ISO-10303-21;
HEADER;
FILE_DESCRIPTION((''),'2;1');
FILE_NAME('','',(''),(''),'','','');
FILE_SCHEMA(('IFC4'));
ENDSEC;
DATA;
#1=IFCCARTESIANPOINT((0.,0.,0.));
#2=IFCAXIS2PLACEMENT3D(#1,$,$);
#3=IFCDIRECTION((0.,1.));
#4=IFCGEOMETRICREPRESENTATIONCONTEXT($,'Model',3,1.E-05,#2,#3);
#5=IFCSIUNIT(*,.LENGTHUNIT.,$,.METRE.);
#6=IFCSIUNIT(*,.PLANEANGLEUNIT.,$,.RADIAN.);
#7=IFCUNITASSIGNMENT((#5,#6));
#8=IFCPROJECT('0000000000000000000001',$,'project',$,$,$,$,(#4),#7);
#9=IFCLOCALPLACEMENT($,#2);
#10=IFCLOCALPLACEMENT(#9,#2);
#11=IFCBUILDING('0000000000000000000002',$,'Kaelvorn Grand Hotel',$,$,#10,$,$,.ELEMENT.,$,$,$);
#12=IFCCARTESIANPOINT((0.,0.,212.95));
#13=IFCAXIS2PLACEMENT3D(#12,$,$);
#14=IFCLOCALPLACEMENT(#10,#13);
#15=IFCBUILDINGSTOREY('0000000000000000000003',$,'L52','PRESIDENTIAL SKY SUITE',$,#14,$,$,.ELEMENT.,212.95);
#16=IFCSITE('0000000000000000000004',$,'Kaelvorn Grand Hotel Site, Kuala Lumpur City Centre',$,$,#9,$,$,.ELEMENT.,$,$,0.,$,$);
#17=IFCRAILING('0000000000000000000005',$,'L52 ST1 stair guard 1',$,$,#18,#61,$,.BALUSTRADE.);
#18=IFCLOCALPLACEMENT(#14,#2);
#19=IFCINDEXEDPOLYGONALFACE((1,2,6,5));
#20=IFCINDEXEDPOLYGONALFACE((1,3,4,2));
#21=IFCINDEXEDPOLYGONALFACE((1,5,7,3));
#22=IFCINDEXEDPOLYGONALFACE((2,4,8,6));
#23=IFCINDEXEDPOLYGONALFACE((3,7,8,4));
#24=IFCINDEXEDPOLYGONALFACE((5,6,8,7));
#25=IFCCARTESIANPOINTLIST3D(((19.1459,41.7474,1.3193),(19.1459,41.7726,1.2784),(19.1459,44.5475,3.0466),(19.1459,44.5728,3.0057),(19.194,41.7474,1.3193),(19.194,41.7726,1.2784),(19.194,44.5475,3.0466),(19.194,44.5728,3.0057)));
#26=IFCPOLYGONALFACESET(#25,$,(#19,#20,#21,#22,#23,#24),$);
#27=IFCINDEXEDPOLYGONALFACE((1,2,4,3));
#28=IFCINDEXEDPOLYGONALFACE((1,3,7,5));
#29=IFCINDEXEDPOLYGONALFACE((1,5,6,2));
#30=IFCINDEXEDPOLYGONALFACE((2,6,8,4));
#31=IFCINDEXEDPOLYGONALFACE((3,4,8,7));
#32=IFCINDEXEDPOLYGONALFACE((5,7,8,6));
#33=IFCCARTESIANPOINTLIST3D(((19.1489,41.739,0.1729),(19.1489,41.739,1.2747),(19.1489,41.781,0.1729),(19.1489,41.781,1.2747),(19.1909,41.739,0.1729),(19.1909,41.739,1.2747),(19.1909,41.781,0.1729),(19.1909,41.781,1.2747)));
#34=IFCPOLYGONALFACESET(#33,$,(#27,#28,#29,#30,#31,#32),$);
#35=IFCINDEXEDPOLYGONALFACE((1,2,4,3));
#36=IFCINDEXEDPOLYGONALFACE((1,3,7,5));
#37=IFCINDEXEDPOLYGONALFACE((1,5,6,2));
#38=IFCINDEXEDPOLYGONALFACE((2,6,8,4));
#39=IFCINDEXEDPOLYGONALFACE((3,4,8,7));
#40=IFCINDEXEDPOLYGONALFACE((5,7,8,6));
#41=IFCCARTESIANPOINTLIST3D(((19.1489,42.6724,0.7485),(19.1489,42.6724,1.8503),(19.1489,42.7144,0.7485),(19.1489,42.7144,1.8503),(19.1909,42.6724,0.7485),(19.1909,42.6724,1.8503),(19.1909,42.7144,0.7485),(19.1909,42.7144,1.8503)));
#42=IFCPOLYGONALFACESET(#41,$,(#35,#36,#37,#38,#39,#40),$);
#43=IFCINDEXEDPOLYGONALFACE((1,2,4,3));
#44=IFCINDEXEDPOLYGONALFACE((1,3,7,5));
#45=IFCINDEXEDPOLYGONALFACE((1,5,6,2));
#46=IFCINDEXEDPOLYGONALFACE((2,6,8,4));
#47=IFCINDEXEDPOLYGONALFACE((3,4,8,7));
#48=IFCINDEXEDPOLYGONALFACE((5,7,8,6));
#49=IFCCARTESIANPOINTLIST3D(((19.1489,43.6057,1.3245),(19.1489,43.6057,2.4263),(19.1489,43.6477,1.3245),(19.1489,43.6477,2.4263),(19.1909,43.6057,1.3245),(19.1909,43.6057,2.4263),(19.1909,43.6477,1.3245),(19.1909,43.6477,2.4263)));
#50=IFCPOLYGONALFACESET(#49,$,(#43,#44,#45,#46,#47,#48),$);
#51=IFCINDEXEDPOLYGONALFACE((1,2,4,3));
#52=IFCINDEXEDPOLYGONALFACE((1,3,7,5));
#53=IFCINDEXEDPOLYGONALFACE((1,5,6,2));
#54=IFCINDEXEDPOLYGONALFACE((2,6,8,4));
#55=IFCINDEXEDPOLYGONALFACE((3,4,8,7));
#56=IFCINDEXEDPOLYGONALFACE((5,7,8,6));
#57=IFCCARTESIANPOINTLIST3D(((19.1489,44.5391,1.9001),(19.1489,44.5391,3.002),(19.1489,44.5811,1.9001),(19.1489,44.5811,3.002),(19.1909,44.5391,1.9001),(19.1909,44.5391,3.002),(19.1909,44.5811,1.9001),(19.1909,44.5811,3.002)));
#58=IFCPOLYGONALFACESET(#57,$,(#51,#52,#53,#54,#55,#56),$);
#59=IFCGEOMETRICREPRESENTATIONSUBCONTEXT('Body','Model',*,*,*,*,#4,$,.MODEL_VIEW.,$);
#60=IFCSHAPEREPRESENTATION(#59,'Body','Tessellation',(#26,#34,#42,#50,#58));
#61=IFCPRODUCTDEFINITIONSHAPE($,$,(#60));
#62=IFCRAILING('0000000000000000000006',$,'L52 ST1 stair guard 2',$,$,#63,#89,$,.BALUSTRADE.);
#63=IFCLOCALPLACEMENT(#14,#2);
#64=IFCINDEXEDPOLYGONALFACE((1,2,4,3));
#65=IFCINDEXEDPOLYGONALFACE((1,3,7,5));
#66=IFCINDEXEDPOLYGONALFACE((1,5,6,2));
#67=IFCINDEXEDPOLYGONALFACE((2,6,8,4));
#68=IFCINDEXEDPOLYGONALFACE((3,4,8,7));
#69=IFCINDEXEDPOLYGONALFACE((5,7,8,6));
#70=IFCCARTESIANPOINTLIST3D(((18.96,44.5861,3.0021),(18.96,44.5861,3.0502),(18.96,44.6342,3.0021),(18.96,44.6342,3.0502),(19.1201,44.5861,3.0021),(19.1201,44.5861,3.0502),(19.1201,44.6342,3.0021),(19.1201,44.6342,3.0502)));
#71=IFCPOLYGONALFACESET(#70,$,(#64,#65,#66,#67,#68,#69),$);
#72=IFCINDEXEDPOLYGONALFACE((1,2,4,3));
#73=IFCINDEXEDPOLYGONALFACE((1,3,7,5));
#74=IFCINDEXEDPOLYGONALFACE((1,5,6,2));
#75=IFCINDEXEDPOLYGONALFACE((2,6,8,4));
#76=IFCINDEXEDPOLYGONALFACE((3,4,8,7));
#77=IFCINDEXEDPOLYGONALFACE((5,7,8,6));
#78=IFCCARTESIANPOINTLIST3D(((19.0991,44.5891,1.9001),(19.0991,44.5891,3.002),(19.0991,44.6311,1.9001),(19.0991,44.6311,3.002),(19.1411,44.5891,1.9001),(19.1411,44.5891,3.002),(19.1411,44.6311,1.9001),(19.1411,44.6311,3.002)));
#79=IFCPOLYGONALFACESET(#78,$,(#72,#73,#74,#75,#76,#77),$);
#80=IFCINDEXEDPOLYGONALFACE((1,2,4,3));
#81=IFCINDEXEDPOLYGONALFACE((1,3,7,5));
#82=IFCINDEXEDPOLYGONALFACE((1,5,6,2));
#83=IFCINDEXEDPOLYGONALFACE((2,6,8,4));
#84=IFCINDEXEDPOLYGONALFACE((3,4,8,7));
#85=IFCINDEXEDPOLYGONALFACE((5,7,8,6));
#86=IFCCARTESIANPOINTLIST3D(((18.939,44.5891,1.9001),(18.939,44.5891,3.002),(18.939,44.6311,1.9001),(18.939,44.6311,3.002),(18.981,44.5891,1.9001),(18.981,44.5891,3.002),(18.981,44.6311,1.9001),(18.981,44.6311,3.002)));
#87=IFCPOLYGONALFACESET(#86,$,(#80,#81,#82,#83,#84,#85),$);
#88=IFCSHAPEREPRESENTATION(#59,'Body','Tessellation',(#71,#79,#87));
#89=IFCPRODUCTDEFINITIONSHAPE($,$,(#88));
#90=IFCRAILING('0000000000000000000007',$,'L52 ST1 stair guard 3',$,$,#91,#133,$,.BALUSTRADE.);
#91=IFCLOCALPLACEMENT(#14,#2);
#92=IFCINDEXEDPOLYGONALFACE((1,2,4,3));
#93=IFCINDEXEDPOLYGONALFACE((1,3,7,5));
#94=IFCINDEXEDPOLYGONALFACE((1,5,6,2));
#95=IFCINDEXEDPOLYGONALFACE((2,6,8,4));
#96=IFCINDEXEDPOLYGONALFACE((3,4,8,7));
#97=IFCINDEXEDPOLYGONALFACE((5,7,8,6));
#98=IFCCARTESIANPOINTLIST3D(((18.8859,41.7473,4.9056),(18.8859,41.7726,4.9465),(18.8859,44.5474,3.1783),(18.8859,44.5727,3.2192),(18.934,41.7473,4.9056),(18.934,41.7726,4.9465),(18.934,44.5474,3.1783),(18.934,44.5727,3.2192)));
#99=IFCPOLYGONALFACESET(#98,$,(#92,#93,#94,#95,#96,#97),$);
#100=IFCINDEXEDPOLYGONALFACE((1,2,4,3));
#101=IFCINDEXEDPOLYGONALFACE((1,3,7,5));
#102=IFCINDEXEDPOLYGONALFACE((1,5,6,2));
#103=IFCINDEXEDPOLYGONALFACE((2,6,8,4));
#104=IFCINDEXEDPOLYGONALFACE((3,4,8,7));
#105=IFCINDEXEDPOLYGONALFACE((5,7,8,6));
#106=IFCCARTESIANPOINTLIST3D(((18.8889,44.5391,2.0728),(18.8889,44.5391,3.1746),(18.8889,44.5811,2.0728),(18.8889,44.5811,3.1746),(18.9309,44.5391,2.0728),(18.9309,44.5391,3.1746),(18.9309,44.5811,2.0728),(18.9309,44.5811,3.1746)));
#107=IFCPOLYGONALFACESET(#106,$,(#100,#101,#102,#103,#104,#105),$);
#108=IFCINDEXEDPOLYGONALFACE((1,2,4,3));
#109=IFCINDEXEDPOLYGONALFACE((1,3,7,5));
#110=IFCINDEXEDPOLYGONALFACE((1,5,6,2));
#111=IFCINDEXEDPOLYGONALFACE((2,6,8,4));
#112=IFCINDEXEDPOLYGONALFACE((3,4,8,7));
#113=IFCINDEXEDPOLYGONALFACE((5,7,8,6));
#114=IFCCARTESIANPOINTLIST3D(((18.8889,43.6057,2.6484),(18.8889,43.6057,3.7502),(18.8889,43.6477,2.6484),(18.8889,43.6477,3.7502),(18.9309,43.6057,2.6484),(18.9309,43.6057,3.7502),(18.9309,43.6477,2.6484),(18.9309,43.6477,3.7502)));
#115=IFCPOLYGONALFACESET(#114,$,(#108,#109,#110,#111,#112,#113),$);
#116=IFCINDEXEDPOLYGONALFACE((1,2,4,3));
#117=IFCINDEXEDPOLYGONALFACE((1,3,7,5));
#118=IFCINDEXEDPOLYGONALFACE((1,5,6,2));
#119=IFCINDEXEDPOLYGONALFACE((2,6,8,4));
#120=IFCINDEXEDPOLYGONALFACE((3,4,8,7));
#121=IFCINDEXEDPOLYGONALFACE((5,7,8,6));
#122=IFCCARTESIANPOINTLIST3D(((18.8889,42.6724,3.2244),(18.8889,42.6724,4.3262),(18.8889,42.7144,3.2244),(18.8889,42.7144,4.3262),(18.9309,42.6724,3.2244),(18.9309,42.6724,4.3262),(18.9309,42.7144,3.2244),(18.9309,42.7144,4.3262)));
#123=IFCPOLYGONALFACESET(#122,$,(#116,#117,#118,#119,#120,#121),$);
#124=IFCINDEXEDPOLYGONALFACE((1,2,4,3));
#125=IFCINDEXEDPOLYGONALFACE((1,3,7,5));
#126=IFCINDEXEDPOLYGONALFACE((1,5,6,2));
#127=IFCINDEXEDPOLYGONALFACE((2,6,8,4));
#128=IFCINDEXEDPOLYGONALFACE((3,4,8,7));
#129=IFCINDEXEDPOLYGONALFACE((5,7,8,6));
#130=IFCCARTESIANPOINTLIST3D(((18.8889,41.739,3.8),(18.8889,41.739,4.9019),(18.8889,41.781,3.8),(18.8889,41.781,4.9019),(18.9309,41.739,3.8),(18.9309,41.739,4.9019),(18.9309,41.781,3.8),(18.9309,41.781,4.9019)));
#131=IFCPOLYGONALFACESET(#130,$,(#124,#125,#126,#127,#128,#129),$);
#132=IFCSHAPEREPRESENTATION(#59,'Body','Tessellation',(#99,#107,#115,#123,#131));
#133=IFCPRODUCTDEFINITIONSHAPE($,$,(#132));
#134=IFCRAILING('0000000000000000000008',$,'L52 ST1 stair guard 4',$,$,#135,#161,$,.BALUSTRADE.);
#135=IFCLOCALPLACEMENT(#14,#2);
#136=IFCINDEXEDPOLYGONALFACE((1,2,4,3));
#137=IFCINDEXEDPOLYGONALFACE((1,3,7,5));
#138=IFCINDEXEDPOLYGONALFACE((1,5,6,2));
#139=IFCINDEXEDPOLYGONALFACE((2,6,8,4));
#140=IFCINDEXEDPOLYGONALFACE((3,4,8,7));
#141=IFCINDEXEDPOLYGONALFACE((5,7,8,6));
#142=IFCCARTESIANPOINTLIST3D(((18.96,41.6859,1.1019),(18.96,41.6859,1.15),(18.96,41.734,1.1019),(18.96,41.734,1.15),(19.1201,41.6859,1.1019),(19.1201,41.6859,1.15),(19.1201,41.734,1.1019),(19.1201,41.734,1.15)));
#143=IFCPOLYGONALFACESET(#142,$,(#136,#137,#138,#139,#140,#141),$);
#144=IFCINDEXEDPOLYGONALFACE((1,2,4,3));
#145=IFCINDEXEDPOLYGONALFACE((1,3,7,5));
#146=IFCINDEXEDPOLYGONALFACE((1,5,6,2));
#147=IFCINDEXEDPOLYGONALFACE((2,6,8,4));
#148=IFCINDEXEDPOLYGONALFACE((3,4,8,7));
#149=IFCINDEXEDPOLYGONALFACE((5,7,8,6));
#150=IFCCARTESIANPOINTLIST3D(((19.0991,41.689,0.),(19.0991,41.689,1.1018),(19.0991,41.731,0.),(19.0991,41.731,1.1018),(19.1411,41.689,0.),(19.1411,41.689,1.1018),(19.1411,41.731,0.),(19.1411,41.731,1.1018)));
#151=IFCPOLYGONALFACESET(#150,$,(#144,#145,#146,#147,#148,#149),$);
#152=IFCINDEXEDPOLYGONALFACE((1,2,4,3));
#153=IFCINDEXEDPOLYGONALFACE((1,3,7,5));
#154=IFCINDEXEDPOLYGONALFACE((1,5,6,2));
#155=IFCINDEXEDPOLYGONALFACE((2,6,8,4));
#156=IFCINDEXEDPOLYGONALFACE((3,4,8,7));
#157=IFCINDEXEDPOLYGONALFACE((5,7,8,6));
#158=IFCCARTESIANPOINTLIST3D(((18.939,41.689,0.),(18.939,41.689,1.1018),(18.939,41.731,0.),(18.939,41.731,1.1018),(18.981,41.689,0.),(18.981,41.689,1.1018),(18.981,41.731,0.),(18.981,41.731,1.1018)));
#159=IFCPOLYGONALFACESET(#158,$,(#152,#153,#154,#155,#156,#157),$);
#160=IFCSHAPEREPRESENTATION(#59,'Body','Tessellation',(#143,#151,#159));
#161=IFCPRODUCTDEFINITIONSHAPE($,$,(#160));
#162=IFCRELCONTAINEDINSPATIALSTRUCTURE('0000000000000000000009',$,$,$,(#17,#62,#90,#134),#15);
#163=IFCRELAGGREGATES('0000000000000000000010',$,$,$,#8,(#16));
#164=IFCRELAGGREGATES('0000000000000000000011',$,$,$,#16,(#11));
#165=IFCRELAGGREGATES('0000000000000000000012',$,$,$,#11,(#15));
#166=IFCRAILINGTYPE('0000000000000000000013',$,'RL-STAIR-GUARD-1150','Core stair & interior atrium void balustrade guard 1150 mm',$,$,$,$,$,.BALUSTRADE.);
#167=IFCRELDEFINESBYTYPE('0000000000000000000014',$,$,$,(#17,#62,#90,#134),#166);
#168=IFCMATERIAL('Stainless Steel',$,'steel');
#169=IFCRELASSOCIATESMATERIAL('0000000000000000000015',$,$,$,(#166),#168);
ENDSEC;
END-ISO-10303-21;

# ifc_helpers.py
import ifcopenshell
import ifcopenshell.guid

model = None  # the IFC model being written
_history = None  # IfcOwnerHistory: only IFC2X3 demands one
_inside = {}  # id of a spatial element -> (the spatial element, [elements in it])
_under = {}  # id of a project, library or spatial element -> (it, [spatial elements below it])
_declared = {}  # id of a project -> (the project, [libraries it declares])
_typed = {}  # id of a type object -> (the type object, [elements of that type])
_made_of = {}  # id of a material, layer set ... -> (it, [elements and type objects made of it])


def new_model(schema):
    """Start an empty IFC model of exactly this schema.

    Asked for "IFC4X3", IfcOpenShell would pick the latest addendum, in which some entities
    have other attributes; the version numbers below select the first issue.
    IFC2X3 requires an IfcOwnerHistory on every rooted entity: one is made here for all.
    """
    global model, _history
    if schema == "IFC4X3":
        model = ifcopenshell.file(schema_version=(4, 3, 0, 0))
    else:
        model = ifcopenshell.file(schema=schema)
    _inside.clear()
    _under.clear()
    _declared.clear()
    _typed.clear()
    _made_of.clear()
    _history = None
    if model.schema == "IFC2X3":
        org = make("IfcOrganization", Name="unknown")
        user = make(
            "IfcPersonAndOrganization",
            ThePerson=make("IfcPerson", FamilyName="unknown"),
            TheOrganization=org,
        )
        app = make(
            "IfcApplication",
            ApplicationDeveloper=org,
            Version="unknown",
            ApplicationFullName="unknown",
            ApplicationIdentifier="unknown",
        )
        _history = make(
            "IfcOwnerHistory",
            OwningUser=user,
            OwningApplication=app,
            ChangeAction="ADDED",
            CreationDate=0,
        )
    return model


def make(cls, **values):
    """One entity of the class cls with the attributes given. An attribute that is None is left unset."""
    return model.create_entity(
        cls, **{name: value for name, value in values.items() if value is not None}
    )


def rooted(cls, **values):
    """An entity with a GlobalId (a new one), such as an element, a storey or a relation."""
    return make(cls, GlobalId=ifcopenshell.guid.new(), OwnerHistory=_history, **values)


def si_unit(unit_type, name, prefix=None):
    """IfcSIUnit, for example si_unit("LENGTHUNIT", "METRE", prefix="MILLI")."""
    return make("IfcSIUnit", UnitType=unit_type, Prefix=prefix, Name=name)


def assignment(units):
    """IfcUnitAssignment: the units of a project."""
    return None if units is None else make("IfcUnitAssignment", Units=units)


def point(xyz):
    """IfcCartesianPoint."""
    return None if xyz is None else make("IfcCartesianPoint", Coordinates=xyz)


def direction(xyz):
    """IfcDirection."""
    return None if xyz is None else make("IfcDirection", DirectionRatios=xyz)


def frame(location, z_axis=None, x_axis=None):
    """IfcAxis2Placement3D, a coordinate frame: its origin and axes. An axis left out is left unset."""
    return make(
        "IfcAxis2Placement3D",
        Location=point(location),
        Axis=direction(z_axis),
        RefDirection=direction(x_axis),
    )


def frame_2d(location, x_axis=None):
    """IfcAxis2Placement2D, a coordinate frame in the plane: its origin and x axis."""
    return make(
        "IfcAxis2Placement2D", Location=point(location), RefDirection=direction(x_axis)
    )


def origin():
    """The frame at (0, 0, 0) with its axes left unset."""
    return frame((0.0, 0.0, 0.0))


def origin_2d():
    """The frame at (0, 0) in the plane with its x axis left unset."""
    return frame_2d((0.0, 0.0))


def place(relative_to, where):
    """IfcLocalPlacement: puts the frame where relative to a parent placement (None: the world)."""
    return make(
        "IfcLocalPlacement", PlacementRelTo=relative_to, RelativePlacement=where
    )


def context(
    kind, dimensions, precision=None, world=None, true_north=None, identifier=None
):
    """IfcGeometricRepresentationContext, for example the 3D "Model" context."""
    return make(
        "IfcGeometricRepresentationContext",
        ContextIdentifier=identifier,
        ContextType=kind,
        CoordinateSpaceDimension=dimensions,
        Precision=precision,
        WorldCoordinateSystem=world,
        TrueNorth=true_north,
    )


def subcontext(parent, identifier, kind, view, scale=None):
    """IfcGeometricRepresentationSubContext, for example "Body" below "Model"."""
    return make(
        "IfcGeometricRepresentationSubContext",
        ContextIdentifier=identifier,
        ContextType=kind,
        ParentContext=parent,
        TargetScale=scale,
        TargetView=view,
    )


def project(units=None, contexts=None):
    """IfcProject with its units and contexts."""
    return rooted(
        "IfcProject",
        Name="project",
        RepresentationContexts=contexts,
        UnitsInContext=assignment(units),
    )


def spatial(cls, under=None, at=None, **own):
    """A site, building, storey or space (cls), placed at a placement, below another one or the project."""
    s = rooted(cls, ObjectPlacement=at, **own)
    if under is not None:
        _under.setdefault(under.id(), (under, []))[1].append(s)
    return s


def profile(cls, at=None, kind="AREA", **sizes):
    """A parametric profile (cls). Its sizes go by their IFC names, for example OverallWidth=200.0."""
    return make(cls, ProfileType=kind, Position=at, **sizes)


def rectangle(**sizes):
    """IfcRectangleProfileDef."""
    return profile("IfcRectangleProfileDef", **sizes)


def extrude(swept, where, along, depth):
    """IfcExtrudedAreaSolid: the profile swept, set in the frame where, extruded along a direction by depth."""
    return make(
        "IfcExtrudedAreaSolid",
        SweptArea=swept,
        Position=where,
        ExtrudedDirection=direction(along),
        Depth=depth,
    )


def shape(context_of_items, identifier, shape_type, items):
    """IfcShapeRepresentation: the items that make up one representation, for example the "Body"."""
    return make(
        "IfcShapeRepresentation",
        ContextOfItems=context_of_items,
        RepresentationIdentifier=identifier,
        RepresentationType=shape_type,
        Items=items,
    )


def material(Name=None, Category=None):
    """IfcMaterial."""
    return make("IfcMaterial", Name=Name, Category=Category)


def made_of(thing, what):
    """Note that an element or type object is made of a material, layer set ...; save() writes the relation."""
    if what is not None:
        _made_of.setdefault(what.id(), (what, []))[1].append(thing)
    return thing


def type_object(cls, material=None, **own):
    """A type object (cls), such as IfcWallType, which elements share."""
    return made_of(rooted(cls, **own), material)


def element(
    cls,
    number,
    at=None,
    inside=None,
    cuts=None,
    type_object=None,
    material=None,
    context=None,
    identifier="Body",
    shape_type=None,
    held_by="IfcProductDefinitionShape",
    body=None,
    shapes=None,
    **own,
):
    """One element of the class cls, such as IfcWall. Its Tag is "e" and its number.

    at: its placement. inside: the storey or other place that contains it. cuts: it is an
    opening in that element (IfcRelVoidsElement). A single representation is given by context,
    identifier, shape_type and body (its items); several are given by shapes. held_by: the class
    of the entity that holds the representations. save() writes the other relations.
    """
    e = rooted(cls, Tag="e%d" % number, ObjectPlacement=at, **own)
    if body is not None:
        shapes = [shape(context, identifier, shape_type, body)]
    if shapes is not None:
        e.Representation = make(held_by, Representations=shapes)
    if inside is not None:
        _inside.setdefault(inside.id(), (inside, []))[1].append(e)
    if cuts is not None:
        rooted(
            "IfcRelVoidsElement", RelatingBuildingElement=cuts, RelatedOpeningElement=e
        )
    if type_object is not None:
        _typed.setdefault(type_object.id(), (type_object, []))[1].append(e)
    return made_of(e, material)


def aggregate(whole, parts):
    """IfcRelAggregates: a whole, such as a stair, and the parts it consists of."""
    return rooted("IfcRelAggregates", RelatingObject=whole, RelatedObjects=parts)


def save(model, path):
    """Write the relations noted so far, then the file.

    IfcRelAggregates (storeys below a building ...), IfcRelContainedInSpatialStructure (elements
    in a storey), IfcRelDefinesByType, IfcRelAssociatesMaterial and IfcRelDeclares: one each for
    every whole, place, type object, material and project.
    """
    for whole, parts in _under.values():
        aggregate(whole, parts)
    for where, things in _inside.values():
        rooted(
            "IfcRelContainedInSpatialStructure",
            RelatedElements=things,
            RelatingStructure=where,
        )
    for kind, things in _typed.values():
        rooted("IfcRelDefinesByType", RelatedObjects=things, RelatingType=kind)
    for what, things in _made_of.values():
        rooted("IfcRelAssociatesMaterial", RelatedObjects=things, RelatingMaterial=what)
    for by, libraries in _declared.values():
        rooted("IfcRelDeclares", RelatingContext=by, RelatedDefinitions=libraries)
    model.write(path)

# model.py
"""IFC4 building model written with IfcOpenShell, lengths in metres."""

from ifc_helpers import new_model, si_unit, direction, frame, origin, origin_2d, place, context, subcontext, project, spatial, rectangle, extrude, material, type_object, element, save


model = new_model("IFC4")

# Units and contexts
model_context = context("Model", 3, precision=1e-05, world=origin(), true_north=direction((0.0, 1.0)))
body_context = subcontext(model_context, "Body", "Model", "MODEL_VIEW")
ifc_project = project(units=[si_unit("LENGTHUNIT", "METRE"), si_unit("PLANEANGLEUNIT", "RADIAN")], contexts=[model_context])

# Site, building, storey
site_placement = place(None, origin())
site = spatial("IfcSite", under=ifc_project, at=site_placement, Name="Kaelvorn Grand Hotel Site, Kuala Lumpur City Centre", CompositionType="ELEMENT", RefElevation=0.0)
building_placement = place(site_placement, origin())
building = spatial("IfcBuilding", under=site, at=building_placement, Name="Kaelvorn Grand Hotel", CompositionType="ELEMENT")
storey_placement = place(building_placement, frame((0.0, 0.0, 212.95)))
storey = spatial("IfcBuildingStorey", under=building, at=storey_placement, Name="L52", Description="PRESIDENTIAL SKY SUITE", CompositionType="ELEMENT", Elevation=212.95)

# Railings
ifc_material_1 = material(Name="Stainless Steel", Category="steel")
railing_type_1 = type_object("IfcRailingType", Name="RL-STAIR-GUARD-1150", Description="Core stair & interior atrium void balustrade guard 1150 mm", PredefinedType="BALUSTRADE", material=ifc_material_1)
railing_1_placement = place(storey_placement, frame((19.1699, 41.76, 0.1729)))
element("IfcRailing", 1, at=railing_1_placement, inside=storey, type_object=railing_type_1, Name="L52 ST1 stair guard 1", PredefinedType="BALUSTRADE", context=body_context, shape_type="SweptSolid", body=[
    extrude(rectangle(XDim=0.0481, YDim=0.0481, at=origin_2d()), frame((0.0, 0.0, 1.126), z_axis=(0.0, 0.85109, 0.52502), x_axis=(-1.0, 0.0, 0.0)), (0.0, 0.0, 1.0), 3.29),
    extrude(rectangle(XDim=0.042, YDim=0.042, at=origin_2d()), origin(), (0.0, 0.0, 1.0), 1.1018),
    extrude(rectangle(XDim=0.042, YDim=0.042, at=origin_2d()), frame((0.0, 0.9333, 0.5757)), (0.0, 0.0, 1.0), 1.1018),
    extrude(rectangle(XDim=0.042, YDim=0.042, at=origin_2d()), frame((0.0, 1.8667, 1.1516)), (0.0, 0.0, 1.0), 1.1018),
    extrude(rectangle(XDim=0.042, YDim=0.042, at=origin_2d()), frame((0.0, 2.8, 1.7273)), (0.0, 0.0, 1.0), 1.1018),
])
railing_2_placement = place(storey_placement, frame((19.1201, 44.6101, 1.9001)))
element("IfcRailing", 2, at=railing_2_placement, inside=storey, type_object=railing_type_1, Name="L52 ST1 stair guard 2", PredefinedType="BALUSTRADE", context=body_context, shape_type="SweptSolid", body=[
    extrude(rectangle(XDim=0.0481, YDim=0.0481, at=origin_2d()), frame((0.0, 0.0, 1.126), z_axis=(-1.0, 0.0, 0.0), x_axis=(0.0, -1.0, 0.0)), (0.0, 0.0, 1.0), 0.1602),
    extrude(rectangle(XDim=0.042, YDim=0.042, at=origin_2d()), origin(), (0.0, 0.0, 1.0), 1.1018),
    extrude(rectangle(XDim=0.042, YDim=0.042, at=origin_2d()), frame((-0.1602, 0.0, 0.0)), (0.0, 0.0, 1.0), 1.1018),
])
railing_3_placement = place(storey_placement, frame((18.9099, 44.5601, 2.0728)))
element("IfcRailing", 3, at=railing_3_placement, inside=storey, type_object=railing_type_1, Name="L52 ST1 stair guard 3", PredefinedType="BALUSTRADE", context=body_context, shape_type="SweptSolid", body=[
    extrude(rectangle(XDim=0.0481, YDim=0.0481, at=origin_2d()), frame((0.0, 0.0, 1.126), z_axis=(0.0, -0.85109, 0.52502), x_axis=(1.0, 0.0, 0.0)), (0.0, 0.0, 1.0), 3.29),
    extrude(rectangle(XDim=0.042, YDim=0.042, at=origin_2d()), origin(), (0.0, 0.0, 1.0), 1.1018),
    extrude(rectangle(XDim=0.042, YDim=0.042, at=origin_2d()), frame((0.0, -0.9333, 0.5757)), (0.0, 0.0, 1.0), 1.1018),
    extrude(rectangle(XDim=0.042, YDim=0.042, at=origin_2d()), frame((0.0, -1.8667, 1.1516)), (0.0, 0.0, 1.0), 1.1018),
    extrude(rectangle(XDim=0.042, YDim=0.042, at=origin_2d()), frame((0.0, -2.8, 1.7273)), (0.0, 0.0, 1.0), 1.1018),
])
railing_4_placement = place(storey_placement, frame((19.1201, 41.71, 0.0)))
element("IfcRailing", 4, at=railing_4_placement, inside=storey, type_object=railing_type_1, Name="L52 ST1 stair guard 4", PredefinedType="BALUSTRADE", context=body_context, shape_type="SweptSolid", body=[
    extrude(rectangle(XDim=0.0481, YDim=0.0481, at=origin_2d()), frame((0.0, 0.0, 1.126), z_axis=(-1.0, 0.0, 0.0), x_axis=(0.0, -1.0, 0.0)), (0.0, 0.0, 1.0), 0.1602),
    extrude(rectangle(XDim=0.042, YDim=0.042, at=origin_2d()), origin(), (0.0, 0.0, 1.0), 1.1018),
    extrude(rectangle(XDim=0.042, YDim=0.042, at=origin_2d()), frame((-0.1602, 0.0, 0.0)), (0.0, 0.0, 1.0), 1.1018),
])

save(model, "model.ifc")
